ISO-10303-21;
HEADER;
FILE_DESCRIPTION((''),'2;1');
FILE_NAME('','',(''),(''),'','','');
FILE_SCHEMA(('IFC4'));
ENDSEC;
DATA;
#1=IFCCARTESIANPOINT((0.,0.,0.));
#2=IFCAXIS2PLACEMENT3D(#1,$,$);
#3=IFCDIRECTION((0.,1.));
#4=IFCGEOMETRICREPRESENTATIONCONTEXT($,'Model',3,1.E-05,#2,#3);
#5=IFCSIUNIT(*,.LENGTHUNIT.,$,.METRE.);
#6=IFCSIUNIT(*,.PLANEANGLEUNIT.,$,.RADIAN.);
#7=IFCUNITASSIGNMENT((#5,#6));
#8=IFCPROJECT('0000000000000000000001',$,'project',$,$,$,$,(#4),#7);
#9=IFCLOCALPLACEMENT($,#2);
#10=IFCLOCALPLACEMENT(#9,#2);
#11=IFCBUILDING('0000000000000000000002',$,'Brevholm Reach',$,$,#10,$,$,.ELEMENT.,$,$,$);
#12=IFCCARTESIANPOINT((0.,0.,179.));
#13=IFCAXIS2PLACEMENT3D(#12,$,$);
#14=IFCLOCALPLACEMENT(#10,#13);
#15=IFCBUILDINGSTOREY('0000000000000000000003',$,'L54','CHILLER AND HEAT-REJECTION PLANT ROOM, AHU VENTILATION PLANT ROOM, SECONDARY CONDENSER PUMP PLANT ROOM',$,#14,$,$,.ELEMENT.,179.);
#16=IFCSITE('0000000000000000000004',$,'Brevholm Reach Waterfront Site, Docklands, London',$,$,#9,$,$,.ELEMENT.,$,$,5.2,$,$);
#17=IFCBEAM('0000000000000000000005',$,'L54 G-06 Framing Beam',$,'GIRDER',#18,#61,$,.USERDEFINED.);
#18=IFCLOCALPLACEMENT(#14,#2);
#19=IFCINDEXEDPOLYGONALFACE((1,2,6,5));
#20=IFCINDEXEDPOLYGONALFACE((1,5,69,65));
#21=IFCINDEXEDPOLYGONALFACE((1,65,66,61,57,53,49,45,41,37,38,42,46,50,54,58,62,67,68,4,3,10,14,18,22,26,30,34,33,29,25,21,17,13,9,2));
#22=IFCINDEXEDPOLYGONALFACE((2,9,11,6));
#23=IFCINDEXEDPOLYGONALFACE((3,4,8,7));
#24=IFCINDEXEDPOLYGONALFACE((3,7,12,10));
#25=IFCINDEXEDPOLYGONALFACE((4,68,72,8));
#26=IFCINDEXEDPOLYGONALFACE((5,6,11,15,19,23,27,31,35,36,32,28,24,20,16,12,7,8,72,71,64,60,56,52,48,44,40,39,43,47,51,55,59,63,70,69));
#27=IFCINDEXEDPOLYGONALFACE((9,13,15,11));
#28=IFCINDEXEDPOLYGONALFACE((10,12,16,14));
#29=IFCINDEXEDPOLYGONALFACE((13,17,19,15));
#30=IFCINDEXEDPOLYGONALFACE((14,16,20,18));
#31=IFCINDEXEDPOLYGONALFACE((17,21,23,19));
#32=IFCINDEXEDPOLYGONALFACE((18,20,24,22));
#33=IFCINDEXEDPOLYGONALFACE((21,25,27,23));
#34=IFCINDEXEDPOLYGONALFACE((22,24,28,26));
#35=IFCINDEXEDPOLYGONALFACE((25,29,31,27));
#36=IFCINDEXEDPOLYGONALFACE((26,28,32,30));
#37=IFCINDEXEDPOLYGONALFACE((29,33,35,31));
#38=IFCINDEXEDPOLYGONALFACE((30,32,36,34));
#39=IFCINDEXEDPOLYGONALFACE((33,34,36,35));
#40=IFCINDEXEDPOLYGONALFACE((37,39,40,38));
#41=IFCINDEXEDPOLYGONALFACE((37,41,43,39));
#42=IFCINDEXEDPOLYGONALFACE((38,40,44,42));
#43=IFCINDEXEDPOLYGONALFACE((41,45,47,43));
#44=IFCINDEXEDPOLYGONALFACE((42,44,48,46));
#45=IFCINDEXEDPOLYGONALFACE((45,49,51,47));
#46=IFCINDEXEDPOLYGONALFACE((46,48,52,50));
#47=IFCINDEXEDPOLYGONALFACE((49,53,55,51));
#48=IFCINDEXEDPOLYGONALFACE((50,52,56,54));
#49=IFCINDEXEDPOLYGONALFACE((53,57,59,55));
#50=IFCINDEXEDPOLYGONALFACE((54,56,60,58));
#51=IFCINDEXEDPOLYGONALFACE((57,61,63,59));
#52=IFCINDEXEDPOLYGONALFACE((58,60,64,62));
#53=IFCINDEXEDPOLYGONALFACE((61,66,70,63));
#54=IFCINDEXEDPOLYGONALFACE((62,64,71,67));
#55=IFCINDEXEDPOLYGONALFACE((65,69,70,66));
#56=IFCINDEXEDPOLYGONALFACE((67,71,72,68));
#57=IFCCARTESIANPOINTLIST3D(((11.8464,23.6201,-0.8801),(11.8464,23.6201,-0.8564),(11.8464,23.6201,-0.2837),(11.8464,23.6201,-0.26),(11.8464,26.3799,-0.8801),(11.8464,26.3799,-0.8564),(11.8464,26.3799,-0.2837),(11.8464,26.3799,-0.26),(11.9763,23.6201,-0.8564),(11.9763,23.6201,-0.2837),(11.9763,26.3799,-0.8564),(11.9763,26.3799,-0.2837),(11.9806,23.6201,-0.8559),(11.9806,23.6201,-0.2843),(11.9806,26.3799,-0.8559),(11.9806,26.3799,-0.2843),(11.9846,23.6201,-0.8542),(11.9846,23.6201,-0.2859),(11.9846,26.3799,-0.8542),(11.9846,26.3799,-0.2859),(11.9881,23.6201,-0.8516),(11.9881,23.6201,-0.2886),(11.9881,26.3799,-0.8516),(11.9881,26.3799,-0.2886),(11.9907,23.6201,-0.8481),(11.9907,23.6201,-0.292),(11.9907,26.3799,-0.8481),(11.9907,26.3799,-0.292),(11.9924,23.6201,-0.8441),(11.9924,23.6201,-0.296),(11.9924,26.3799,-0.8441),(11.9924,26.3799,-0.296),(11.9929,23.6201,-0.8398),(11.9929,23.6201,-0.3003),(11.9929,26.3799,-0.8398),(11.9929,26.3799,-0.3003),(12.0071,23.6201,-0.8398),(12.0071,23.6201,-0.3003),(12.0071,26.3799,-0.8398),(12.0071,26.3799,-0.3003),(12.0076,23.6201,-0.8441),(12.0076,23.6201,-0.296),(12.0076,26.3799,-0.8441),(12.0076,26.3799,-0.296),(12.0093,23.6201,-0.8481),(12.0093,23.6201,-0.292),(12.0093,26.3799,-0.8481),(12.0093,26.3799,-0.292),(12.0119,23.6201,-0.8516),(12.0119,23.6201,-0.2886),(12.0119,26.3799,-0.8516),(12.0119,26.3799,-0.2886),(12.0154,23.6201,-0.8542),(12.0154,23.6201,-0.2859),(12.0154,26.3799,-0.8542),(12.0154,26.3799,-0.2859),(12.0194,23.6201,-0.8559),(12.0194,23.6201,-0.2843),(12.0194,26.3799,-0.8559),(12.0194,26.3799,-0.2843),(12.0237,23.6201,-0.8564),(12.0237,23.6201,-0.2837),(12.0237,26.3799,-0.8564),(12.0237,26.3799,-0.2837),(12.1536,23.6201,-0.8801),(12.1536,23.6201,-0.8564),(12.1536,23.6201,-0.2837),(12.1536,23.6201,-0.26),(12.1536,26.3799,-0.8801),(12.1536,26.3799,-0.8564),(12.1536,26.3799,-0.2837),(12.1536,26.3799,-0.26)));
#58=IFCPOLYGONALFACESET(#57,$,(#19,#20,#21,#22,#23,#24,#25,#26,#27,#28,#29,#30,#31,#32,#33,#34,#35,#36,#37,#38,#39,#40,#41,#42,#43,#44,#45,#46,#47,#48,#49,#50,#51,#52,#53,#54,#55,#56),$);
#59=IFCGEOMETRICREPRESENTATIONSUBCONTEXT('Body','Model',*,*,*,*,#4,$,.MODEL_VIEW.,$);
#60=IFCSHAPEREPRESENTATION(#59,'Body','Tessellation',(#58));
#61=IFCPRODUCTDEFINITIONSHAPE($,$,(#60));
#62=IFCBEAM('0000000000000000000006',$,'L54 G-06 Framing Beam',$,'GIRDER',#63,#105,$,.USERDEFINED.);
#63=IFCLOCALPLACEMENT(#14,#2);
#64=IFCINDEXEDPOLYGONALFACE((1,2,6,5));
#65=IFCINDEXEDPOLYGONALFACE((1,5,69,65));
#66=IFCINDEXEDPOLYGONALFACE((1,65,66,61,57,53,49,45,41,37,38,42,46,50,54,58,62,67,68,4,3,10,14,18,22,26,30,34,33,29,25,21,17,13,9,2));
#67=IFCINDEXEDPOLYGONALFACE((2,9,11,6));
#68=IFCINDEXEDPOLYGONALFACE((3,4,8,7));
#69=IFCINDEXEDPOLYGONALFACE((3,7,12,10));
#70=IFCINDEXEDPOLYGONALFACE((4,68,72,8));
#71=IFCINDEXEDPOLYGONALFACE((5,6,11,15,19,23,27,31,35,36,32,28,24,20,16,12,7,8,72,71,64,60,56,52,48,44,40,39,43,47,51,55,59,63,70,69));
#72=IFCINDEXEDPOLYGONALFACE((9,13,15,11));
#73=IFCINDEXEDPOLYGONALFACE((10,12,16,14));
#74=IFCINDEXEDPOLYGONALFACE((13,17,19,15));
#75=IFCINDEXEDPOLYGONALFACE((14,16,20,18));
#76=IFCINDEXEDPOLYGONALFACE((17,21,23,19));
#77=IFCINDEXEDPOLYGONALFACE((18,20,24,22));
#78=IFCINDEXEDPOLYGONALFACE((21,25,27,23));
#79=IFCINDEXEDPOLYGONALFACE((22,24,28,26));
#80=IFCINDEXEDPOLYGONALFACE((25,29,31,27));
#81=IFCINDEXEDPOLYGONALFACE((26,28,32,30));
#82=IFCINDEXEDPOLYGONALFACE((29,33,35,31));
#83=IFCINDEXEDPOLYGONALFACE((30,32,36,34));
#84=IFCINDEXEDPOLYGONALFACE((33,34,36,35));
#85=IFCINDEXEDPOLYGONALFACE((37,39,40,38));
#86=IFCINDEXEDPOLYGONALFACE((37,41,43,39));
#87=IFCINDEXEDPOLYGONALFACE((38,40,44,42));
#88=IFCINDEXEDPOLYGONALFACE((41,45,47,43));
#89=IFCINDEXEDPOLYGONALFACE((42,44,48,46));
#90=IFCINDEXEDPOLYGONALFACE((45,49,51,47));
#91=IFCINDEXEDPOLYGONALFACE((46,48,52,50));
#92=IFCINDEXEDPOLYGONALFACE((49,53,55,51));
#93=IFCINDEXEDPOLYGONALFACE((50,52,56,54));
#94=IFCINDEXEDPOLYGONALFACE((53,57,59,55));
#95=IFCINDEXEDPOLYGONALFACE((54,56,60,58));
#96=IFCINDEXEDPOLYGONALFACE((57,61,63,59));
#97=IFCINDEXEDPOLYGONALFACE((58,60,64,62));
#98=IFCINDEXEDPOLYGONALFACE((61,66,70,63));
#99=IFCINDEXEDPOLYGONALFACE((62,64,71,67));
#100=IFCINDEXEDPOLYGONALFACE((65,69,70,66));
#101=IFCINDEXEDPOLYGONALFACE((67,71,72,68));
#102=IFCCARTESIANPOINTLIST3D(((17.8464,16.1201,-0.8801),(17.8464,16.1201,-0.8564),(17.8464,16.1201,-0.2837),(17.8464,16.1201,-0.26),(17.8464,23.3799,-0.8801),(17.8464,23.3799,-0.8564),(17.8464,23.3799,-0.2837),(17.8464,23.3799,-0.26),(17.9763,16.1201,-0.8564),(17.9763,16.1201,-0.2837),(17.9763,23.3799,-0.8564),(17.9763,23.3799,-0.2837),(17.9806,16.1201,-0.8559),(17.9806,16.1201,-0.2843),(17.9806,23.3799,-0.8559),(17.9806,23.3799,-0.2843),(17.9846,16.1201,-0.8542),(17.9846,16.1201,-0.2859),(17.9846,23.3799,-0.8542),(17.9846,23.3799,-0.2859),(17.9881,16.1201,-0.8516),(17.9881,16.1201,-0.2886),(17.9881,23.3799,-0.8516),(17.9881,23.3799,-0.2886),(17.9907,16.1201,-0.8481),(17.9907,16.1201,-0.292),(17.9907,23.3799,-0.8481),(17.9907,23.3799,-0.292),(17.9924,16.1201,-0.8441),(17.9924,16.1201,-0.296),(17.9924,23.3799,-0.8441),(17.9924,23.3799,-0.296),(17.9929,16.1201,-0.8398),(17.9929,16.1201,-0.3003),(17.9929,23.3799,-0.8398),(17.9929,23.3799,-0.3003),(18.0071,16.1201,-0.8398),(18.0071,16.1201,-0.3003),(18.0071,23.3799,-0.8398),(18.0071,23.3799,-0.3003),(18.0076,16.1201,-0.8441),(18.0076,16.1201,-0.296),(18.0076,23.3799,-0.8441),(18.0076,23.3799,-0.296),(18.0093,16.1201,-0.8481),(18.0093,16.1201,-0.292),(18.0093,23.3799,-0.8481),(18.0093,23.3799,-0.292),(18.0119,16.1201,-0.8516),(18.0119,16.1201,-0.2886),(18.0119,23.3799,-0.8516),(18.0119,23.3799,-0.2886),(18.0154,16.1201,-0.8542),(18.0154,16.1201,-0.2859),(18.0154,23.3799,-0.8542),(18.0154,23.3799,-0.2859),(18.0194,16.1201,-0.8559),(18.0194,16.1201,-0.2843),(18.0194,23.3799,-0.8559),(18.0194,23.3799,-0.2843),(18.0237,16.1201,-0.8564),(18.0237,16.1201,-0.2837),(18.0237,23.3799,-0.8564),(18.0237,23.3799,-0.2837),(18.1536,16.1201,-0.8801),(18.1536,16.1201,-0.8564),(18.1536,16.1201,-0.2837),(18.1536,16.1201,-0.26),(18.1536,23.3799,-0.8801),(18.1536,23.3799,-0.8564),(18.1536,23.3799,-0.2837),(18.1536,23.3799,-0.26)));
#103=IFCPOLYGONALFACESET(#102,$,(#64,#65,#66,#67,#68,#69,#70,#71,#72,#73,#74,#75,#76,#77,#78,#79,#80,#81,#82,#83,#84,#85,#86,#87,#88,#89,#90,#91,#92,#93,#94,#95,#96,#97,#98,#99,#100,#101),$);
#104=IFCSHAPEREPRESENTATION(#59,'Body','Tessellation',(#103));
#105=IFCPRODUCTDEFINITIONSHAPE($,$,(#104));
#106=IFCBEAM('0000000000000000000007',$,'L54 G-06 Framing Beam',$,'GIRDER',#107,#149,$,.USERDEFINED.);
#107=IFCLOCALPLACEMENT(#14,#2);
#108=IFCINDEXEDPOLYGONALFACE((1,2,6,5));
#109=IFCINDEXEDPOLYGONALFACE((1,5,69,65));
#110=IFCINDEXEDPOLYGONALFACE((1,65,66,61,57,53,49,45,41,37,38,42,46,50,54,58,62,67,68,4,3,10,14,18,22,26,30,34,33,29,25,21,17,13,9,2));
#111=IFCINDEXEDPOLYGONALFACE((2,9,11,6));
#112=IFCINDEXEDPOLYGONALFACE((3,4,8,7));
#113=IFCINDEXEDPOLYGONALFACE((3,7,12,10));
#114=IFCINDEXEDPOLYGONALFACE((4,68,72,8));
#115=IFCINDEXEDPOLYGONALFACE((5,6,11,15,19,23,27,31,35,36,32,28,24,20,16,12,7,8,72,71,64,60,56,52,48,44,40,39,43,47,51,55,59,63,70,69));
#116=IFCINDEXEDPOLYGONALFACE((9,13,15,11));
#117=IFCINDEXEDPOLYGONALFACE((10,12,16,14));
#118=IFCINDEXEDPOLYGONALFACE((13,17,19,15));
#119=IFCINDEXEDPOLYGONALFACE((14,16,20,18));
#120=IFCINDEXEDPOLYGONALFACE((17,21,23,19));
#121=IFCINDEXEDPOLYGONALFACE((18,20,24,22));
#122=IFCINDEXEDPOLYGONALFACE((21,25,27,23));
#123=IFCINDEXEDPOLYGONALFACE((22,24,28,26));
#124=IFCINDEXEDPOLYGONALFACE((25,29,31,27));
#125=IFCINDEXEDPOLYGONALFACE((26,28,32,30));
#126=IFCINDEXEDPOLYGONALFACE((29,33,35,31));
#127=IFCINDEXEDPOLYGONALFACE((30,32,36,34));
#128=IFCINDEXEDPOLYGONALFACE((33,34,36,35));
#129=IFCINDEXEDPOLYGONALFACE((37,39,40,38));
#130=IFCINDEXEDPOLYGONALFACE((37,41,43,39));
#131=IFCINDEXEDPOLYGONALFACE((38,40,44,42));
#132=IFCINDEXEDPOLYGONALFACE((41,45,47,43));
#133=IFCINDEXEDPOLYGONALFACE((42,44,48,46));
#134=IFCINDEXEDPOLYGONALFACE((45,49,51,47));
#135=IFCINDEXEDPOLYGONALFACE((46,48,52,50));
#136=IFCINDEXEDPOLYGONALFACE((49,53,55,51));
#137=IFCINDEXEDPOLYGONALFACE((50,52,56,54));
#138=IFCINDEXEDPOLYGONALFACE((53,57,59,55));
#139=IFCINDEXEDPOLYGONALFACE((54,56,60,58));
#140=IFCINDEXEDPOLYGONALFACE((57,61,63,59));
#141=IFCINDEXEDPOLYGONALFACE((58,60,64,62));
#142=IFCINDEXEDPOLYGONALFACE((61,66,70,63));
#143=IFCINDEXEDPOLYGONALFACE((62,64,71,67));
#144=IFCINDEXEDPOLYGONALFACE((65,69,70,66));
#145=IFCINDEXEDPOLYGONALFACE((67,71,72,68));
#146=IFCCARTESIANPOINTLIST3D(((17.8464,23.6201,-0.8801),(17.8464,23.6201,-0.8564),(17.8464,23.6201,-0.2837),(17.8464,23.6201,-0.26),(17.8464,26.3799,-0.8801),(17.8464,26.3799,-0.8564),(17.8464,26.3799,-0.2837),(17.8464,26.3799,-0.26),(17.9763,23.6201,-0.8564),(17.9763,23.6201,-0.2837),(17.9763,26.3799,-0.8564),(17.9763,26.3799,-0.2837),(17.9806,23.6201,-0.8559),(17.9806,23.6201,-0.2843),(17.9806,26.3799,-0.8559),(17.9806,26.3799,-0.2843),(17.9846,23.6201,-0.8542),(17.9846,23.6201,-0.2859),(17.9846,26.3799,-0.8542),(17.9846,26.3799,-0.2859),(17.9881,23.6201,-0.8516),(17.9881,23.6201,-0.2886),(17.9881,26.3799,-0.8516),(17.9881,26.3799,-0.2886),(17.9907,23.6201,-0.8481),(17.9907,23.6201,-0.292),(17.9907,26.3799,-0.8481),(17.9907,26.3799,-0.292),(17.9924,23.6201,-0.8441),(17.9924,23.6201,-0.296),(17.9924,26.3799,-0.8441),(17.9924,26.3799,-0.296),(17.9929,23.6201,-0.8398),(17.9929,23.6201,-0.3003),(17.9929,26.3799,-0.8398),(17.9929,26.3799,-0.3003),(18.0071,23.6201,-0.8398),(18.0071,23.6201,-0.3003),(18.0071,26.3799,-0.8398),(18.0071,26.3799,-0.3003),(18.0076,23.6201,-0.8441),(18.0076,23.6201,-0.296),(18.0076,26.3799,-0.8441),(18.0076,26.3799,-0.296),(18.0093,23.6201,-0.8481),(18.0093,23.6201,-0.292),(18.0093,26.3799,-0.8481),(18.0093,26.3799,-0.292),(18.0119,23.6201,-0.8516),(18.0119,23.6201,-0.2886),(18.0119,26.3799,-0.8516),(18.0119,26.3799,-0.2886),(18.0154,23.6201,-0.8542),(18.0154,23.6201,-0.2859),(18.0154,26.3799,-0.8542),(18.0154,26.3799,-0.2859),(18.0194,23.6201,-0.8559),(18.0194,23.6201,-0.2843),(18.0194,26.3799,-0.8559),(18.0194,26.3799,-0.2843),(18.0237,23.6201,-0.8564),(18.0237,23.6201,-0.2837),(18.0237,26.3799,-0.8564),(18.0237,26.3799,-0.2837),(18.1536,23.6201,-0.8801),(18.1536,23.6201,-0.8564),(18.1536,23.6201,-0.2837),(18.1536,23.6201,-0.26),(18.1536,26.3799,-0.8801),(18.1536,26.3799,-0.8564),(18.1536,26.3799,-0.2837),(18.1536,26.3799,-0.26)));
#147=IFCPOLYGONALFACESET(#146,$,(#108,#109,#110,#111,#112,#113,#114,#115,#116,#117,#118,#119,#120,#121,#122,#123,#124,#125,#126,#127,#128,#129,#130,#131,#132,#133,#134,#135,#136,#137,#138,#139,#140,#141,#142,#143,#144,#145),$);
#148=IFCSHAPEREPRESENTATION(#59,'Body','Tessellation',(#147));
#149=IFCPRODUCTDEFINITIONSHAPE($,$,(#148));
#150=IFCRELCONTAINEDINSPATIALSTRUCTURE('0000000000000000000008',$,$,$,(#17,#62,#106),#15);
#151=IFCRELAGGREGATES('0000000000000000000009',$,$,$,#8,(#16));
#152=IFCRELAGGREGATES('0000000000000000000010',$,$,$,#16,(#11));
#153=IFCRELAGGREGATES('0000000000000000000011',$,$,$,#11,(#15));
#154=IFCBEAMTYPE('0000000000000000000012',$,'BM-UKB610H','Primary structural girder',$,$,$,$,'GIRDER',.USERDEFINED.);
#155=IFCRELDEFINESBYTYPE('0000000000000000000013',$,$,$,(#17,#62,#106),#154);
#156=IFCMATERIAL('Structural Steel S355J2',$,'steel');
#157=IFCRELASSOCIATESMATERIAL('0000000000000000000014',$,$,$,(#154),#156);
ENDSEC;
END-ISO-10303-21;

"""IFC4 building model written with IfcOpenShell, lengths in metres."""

from ifc_helpers import new_model, si_unit, direction, frame, origin, origin_2d, place, context, subcontext, project, spatial, i_section, extrude, material, material_profile, profile_set, type_object, element, save


model = new_model("IFC4")

# Units and contexts
model_context = context("Model", 3, precision=1e-05, world=origin(), true_north=direction((0.0, 1.0)))
body_context = subcontext(model_context, "Body", "Model", "MODEL_VIEW")
ifc_project = project(units=[si_unit("LENGTHUNIT", "METRE"), si_unit("PLANEANGLEUNIT", "RADIAN")], contexts=[model_context])

# Site, building, storey
site_placement = place(None, origin())
site = spatial("IfcSite", under=ifc_project, at=site_placement, Name="Brevholm Reach Waterfront Site, Docklands, London", CompositionType="ELEMENT", RefElevation=5.2)
building_placement = place(site_placement, origin())
building = spatial("IfcBuilding", under=site, at=building_placement, Name="Brevholm Reach", CompositionType="ELEMENT")
storey_placement = place(building_placement, frame((0.0, 0.0, 179.0)))
storey = spatial("IfcBuildingStorey", under=building, at=storey_placement, Name="L54", Description="CHILLER AND HEAT-REJECTION PLANT ROOM, AHU VENTILATION PLANT ROOM, SECONDARY CONDENSER PUMP PLANT ROOM", CompositionType="ELEMENT", Elevation=179.0)

# Beams
ifc_material_1 = material(Name="Structural Steel S355J2", Category="steel")
ifc_material_profile_1 = material_profile(ifc_material_1, i_section(OverallWidth=0.3071, OverallDepth=0.6201, WebThickness=0.0142, FlangeThickness=0.0237, FilletRadius=0.0166, at=origin_2d()), Name="UKB 610x305x179")
ifc_profile_set_1 = profile_set([ifc_material_profile_1], Name="Structural Steel S355J2")
beam_type_1 = type_object("IfcBeamType", Name="BM-UKB610H", Description="Primary structural girder", ElementType="GIRDER", PredefinedType="USERDEFINED", material=ifc_profile_set_1)
beam_1_placement = place(storey_placement, frame((12.0, 23.6201, -0.5701), z_axis=(0.0, 1.0, 0.0), x_axis=(-1.0, 0.0, 0.0)))
element("IfcBeam", 1, at=beam_1_placement, inside=storey, type_object=beam_type_1, Name="L54 G-06 Framing Beam", ObjectType="GIRDER", PredefinedType="USERDEFINED", context=body_context, shape_type="SweptSolid", body=[
    extrude(i_section(OverallWidth=0.3071, OverallDepth=0.6201, WebThickness=0.0142, FlangeThickness=0.0237, FilletRadius=0.0166, at=origin_2d()), origin(), (0.0, 0.0, 1.0), 2.7598),
])
beam_2_placement = place(storey_placement, frame((18.0, 16.1201, -0.5701), z_axis=(0.0, 1.0, 0.0), x_axis=(-1.0, 0.0, 0.0)))
element("IfcBeam", 2, at=beam_2_placement, inside=storey, type_object=beam_type_1, Name="L54 G-06 Framing Beam", ObjectType="GIRDER", PredefinedType="USERDEFINED", context=body_context, shape_type="SweptSolid", body=[
    extrude(i_section(OverallWidth=0.3071, OverallDepth=0.6201, WebThickness=0.0142, FlangeThickness=0.0237, FilletRadius=0.0166, at=origin_2d()), origin(), (0.0, 0.0, 1.0), 7.2598),
])
beam_3_placement = place(storey_placement, frame((18.0, 23.6201, -0.5701), z_axis=(0.0, 1.0, 0.0), x_axis=(-1.0, 0.0, 0.0)))
element("IfcBeam", 3, at=beam_3_placement, inside=storey, type_object=beam_type_1, Name="L54 G-06 Framing Beam", ObjectType="GIRDER", PredefinedType="USERDEFINED", context=body_context, shape_type="SweptSolid", body=[
    extrude(i_section(OverallWidth=0.3071, OverallDepth=0.6201, WebThickness=0.0142, FlangeThickness=0.0237, FilletRadius=0.0166, at=origin_2d()), origin(), (0.0, 0.0, 1.0), 2.7598),
])

save(model, "model.ifc")
